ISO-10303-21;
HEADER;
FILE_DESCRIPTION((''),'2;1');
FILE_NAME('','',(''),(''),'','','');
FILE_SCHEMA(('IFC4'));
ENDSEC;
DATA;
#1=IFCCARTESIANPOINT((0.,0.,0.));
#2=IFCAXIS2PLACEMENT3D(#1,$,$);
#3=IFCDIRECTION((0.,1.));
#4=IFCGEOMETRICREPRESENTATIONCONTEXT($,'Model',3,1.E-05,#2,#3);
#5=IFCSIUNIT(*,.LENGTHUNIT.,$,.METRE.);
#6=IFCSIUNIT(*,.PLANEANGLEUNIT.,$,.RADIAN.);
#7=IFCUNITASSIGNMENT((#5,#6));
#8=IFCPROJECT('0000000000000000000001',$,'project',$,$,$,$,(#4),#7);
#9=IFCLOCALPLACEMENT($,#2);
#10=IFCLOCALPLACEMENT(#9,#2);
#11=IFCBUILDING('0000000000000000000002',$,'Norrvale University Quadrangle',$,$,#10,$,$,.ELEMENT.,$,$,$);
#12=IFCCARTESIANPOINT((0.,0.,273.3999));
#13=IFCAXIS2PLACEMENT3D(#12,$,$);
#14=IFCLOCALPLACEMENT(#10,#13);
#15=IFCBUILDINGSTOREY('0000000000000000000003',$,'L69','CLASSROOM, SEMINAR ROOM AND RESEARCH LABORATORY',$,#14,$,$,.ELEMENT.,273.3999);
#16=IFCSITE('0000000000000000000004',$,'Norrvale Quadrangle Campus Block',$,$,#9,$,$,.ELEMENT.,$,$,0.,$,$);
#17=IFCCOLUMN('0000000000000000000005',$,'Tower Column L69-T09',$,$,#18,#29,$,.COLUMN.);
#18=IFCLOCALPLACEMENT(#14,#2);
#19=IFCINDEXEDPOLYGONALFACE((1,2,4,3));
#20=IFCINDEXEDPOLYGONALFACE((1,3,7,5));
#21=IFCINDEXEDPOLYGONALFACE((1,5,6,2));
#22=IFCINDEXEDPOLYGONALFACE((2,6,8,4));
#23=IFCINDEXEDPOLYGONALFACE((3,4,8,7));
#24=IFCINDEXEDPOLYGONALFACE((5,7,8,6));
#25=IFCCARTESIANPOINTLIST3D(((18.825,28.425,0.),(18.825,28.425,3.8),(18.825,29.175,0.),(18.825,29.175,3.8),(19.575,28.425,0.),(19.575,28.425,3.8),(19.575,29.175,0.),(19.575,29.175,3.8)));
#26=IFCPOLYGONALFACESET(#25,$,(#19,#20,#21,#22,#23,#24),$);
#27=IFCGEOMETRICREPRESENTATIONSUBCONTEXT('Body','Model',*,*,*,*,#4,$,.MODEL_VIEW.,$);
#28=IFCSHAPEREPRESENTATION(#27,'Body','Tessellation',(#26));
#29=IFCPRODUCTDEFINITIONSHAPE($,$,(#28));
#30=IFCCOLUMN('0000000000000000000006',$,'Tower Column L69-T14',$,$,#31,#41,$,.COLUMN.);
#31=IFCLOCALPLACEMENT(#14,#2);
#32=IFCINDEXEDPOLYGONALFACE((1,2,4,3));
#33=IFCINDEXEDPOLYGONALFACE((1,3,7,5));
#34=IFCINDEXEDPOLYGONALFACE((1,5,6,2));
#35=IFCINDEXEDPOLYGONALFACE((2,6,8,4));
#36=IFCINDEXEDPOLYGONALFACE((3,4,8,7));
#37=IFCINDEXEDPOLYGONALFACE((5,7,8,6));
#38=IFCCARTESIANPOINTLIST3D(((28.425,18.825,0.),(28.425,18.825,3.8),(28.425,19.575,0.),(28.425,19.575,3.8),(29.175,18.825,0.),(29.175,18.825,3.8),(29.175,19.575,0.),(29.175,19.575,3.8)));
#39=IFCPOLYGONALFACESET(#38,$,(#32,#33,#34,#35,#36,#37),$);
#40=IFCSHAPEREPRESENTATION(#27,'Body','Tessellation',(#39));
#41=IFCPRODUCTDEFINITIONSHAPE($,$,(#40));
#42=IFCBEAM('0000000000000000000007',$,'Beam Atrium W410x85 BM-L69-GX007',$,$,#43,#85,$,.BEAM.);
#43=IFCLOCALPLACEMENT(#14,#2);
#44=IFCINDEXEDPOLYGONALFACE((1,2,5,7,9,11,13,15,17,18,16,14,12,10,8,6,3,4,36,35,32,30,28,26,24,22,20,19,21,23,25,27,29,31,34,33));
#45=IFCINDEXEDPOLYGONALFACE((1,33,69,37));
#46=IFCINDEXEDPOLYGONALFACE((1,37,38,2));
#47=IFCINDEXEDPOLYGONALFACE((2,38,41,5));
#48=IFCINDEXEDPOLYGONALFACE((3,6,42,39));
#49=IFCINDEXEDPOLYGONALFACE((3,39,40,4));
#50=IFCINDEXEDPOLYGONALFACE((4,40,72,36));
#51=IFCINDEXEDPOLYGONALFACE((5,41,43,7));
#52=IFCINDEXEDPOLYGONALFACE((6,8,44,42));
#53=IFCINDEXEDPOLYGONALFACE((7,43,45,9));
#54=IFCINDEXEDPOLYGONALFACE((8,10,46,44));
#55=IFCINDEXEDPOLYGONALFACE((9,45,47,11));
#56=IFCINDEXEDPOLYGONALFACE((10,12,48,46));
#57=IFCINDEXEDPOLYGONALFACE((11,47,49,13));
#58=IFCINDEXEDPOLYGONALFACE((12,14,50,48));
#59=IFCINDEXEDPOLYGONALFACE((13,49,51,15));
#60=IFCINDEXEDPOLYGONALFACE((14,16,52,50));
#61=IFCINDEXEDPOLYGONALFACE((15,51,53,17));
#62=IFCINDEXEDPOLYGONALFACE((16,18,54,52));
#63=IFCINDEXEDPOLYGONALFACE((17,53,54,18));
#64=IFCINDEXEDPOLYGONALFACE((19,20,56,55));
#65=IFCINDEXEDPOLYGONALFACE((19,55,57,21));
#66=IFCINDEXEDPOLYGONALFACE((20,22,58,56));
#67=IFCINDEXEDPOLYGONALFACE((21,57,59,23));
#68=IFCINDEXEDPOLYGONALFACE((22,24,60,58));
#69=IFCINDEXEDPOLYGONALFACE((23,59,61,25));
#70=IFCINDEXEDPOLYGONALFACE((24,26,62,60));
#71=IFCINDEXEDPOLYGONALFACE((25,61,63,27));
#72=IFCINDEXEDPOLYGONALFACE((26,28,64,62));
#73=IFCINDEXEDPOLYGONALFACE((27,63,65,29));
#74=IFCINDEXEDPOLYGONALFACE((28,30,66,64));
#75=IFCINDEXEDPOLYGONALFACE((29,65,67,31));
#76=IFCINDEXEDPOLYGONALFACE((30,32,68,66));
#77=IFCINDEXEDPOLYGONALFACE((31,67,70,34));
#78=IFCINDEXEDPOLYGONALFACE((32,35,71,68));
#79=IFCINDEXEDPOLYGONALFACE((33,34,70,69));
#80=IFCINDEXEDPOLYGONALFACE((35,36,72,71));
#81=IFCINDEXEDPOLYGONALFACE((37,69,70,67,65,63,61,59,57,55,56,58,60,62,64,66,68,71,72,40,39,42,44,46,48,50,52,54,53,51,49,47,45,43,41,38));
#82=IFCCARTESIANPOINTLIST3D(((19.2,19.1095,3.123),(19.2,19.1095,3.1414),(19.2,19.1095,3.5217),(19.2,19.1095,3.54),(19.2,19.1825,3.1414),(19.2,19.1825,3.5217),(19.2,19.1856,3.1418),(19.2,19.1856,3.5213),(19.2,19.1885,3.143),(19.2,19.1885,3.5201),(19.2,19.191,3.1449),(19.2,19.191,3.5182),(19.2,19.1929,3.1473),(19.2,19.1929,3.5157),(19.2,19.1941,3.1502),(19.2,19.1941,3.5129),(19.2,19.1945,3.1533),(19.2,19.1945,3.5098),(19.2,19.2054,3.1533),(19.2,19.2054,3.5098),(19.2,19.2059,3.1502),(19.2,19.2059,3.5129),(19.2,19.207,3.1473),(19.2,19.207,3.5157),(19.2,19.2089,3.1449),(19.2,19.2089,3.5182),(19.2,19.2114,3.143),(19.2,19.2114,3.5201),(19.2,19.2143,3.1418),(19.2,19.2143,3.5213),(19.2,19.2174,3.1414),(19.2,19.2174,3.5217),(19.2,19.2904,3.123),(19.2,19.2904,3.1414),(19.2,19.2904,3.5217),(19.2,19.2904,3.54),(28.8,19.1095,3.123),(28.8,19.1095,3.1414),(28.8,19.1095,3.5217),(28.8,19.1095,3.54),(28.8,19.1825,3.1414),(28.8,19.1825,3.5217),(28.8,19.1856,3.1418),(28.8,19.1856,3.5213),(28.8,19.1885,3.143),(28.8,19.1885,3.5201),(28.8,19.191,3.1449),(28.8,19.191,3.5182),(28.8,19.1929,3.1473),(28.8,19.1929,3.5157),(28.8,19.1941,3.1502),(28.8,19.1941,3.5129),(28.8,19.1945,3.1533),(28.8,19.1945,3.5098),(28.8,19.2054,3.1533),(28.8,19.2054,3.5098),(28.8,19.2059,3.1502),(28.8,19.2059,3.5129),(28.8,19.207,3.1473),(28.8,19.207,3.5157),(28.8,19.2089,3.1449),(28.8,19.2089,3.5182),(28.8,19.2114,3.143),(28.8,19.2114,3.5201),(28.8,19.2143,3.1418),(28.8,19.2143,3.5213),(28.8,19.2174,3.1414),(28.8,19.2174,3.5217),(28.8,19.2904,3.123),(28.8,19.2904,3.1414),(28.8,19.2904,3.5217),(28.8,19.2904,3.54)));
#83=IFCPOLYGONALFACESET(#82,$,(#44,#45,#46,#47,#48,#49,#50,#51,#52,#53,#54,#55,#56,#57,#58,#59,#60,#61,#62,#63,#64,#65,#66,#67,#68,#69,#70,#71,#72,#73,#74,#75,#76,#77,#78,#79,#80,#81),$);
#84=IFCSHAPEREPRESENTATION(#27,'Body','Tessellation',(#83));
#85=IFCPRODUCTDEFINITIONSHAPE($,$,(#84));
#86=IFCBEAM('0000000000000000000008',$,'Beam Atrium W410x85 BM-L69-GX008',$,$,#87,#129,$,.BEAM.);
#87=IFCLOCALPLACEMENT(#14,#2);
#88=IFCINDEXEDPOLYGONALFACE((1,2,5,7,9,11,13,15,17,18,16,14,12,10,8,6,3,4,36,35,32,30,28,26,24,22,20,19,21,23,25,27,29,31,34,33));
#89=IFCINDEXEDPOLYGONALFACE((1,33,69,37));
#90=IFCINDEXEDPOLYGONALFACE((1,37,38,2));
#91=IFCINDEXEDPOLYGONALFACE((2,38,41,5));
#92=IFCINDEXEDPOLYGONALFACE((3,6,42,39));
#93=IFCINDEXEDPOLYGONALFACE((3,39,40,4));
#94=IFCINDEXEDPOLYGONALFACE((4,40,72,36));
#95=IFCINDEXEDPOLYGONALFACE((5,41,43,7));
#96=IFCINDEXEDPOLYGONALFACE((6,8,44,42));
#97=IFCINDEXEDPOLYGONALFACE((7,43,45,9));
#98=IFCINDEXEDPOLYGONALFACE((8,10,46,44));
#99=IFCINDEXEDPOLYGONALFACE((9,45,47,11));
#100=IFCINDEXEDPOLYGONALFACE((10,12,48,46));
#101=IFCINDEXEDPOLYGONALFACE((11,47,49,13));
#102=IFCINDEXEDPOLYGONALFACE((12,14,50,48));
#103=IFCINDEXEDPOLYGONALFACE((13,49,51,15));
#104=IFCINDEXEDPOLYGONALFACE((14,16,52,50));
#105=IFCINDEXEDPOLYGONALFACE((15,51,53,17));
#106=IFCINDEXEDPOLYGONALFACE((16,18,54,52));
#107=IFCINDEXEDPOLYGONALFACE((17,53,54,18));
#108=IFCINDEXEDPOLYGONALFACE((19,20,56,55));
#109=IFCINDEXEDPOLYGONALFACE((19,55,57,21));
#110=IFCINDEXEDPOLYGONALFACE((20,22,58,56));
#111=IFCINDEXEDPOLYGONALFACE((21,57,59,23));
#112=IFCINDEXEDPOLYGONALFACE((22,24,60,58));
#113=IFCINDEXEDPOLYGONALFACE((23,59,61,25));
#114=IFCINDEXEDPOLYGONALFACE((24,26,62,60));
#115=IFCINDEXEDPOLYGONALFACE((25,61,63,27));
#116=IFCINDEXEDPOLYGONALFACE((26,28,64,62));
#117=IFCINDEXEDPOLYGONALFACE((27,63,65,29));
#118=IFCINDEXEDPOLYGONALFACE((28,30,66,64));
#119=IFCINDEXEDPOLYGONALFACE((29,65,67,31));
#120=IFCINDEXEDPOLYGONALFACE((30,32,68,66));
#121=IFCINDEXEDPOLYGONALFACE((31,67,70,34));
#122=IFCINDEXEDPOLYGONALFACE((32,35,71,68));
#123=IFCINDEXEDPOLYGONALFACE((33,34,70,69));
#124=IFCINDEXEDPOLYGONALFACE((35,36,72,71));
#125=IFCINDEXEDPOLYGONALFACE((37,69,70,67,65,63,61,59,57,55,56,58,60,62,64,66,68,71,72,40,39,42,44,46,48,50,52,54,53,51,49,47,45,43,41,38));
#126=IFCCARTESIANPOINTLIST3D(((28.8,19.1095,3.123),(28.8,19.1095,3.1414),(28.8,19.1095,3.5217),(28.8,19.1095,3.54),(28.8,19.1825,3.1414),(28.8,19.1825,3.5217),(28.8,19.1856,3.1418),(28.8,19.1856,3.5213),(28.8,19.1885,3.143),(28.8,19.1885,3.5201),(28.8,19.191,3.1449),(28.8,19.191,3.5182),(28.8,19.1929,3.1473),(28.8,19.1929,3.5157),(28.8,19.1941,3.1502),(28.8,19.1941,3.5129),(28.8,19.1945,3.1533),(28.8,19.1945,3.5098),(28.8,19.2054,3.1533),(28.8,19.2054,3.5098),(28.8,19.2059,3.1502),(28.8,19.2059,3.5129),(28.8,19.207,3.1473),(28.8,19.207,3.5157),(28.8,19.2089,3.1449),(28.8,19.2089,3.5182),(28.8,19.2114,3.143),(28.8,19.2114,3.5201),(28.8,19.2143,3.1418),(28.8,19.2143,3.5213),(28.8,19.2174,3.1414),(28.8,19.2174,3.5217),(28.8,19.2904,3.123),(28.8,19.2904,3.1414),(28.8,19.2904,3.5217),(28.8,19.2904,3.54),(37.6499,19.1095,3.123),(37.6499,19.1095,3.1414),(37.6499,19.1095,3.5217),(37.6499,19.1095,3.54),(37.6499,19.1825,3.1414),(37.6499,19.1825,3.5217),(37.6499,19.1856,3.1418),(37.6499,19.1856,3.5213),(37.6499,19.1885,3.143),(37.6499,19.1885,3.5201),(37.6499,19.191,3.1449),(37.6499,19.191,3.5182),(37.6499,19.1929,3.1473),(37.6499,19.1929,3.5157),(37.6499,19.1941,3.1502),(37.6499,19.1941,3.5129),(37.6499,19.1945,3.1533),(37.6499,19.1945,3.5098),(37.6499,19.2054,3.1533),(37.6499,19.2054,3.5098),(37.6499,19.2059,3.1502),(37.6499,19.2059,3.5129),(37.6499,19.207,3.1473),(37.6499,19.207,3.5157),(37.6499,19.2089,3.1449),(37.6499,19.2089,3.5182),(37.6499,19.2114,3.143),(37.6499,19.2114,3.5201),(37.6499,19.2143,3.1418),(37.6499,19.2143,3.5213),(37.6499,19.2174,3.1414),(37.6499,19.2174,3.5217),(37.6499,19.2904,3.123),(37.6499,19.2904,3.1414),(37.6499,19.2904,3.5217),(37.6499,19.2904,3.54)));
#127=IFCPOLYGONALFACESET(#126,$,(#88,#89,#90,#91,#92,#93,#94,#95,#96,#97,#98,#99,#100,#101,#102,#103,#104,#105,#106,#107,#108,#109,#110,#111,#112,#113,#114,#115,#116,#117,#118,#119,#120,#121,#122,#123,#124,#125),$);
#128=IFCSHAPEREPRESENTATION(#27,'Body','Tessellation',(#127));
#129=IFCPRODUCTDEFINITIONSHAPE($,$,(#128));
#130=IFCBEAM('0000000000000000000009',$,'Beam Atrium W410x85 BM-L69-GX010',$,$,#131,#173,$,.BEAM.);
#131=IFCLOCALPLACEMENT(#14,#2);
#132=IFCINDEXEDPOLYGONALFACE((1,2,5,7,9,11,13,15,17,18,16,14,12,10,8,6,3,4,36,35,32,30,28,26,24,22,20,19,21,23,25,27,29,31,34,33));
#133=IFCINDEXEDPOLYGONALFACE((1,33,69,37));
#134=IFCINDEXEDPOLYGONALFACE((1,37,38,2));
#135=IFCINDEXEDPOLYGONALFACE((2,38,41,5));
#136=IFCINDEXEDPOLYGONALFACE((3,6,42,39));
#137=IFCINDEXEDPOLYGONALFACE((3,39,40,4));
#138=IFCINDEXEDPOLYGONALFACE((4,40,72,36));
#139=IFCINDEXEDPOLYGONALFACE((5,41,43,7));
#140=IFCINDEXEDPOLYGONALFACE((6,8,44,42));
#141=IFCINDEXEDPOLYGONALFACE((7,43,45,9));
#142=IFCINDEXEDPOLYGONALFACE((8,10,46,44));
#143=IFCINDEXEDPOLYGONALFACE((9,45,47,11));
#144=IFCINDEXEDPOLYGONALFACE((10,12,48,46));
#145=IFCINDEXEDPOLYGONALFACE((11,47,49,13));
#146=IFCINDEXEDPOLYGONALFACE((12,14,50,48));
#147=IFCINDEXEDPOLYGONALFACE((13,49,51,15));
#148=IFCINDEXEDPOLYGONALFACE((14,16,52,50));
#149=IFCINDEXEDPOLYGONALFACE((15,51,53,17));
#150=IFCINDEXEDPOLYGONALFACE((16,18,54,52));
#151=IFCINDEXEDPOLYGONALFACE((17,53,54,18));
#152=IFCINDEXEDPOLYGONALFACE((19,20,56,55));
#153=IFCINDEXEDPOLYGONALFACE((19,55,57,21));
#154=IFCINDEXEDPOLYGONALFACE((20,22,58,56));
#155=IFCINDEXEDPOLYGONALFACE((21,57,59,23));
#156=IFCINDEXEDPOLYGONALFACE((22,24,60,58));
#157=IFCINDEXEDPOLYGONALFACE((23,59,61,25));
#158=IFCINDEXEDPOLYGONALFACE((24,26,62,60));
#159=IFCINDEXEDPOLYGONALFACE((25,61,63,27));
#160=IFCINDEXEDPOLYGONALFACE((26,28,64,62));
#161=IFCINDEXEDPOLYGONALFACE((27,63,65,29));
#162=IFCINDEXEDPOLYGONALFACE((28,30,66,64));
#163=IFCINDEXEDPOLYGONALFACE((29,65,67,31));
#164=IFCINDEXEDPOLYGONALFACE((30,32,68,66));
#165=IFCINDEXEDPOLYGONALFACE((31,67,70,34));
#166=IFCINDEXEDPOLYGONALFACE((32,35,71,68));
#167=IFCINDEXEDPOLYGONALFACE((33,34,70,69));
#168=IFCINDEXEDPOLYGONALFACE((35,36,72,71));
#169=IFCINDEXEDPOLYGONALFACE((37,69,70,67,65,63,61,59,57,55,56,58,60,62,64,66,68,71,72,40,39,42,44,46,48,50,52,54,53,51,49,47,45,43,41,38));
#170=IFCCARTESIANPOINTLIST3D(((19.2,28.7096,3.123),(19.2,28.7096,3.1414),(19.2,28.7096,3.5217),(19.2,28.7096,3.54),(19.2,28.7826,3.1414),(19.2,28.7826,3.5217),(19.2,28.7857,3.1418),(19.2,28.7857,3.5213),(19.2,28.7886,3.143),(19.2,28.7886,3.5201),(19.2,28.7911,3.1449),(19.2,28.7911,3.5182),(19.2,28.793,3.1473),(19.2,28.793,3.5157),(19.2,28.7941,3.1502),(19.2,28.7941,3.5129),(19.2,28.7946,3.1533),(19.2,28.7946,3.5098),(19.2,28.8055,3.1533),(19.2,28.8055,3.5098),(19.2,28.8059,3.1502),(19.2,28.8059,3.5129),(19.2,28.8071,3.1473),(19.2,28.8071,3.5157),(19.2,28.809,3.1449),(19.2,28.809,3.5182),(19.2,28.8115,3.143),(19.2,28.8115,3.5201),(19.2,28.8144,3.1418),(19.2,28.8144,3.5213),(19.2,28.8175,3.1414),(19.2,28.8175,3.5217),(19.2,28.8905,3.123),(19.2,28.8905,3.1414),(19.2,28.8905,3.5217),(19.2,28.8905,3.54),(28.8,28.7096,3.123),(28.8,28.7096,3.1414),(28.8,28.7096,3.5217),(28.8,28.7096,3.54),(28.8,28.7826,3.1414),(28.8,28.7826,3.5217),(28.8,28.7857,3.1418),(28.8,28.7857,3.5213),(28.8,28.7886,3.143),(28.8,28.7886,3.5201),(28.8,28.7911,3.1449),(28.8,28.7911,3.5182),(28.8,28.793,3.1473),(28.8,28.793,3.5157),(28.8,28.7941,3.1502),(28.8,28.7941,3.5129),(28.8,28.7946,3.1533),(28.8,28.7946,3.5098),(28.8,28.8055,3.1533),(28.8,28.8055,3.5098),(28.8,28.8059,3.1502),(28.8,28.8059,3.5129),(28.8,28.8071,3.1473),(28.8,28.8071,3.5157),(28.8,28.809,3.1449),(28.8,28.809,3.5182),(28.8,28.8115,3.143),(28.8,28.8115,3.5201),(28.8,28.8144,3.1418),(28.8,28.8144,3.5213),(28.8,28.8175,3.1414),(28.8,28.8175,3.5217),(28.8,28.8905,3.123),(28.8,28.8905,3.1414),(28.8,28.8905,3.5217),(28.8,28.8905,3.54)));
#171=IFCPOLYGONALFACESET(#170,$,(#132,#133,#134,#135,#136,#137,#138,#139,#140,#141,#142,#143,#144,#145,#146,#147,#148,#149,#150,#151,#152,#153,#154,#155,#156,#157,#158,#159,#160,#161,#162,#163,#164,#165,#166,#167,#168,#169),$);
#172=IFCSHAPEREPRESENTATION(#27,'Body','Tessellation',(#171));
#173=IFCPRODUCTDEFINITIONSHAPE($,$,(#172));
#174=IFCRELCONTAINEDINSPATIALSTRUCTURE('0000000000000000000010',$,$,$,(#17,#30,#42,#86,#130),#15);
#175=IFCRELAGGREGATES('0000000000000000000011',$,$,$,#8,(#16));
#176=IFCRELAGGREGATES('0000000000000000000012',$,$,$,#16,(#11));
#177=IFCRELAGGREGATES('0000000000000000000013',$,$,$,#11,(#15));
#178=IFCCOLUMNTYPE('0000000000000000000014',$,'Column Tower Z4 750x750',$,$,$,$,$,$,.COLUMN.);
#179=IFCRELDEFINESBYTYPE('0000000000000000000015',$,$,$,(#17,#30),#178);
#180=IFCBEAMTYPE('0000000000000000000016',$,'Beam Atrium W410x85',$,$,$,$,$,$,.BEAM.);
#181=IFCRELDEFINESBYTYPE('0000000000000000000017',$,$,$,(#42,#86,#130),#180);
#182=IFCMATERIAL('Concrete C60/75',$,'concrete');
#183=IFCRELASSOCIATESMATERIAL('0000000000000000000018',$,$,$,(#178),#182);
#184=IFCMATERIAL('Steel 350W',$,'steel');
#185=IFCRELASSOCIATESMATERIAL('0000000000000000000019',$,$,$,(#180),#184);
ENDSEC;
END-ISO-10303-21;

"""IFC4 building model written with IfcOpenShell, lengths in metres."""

from ifc_helpers import new_model, si_unit, direction, frame, origin, origin_2d, place, context, subcontext, project, spatial, rectangle, i_section, extrude, material, material_profile, profile_set, type_object, element, save


model = new_model("IFC4")

# Units and contexts
model_context = context("Model", 3, precision=1e-05, world=origin(), true_north=direction((0.0, 1.0)))
body_context = subcontext(model_context, "Body", "Model", "MODEL_VIEW")
ifc_project = project(units=[si_unit("LENGTHUNIT", "METRE"), si_unit("PLANEANGLEUNIT", "RADIAN")], contexts=[model_context])

# Site, building, storey
site_placement = place(None, origin())
site = spatial("IfcSite", under=ifc_project, at=site_placement, Name="Norrvale Quadrangle Campus Block", CompositionType="ELEMENT", RefElevation=0.0)
building_placement = place(site_placement, origin())
building = spatial("IfcBuilding", under=site, at=building_placement, Name="Norrvale University Quadrangle", CompositionType="ELEMENT")
storey_placement = place(building_placement, frame((0.0, 0.0, 273.3999)))
storey = spatial("IfcBuildingStorey", under=building, at=storey_placement, Name="L69", Description="CLASSROOM, SEMINAR ROOM AND RESEARCH LABORATORY", CompositionType="ELEMENT", Elevation=273.3999)

# Columns
ifc_material_1 = material(Name="Concrete C60/75", Category="concrete")
ifc_material_profile_1 = material_profile(ifc_material_1, rectangle(XDim=0.75, YDim=0.75, at=origin_2d()), Name="Concrete C60/75")
ifc_profile_set_1 = profile_set([ifc_material_profile_1], Name="Concrete C60/75")
column_type = type_object("IfcColumnType", Name="Column Tower Z4 750x750", PredefinedType="COLUMN", material=ifc_profile_set_1)
for number, where, z_axis, x_axis, name in (
    (1, (19.2, 28.8, 0.0), (0.0, 0.0, 1.0), (1.0, 0.0, 0.0), "Tower Column L69-T09"),
    (2, (28.8, 19.2, 0.0), (0.0, 0.0, 1.0), (1.0, 0.0, 0.0), "Tower Column L69-T14"),
):
    element("IfcColumn", number, at=place(storey_placement, frame(where, z_axis=z_axis, x_axis=x_axis)), inside=storey, type_object=column_type, Name=name, PredefinedType="COLUMN", context=body_context, shape_type="SweptSolid", body=[
        extrude(rectangle(XDim=0.75, YDim=0.75, at=origin_2d()), origin(), (0.0, 0.0, 1.0), 3.8),
    ])

# Beams
ifc_material_2 = material(Name="Steel 350W", Category="steel")
ifc_material_profile_2 = material_profile(ifc_material_2, i_section(OverallWidth=0.1809, OverallDepth=0.417, WebThickness=0.011, FlangeThickness=0.0183, FilletRadius=0.012, at=origin_2d()), Name="Steel 350W")
ifc_profile_set_2 = profile_set([ifc_material_profile_2], Name="Steel 350W")
beam_type_1 = type_object("IfcBeamType", Name="Beam Atrium W410x85", PredefinedType="BEAM", material=ifc_profile_set_2)
beam_1_placement = place(storey_placement, frame((19.2, 19.2, 3.3315), z_axis=(1.0, 0.0, 0.0), x_axis=(0.0, 1.0, 0.0)))
element("IfcBeam", 3, at=beam_1_placement, inside=storey, type_object=beam_type_1, Name="Beam Atrium W410x85 BM-L69-GX007", PredefinedType="BEAM", context=body_context, shape_type="SweptSolid", body=[
    extrude(i_section(OverallWidth=0.1809, OverallDepth=0.417, WebThickness=0.011, FlangeThickness=0.0183, FilletRadius=0.012, at=origin_2d()), origin(), (0.0, 0.0, 1.0), 9.6001),
])
beam_2_placement = place(storey_placement, frame((28.8, 19.2, 3.3315), z_axis=(1.0, 0.0, 0.0), x_axis=(0.0, 1.0, 0.0)))
element("IfcBeam", 4, at=beam_2_placement, inside=storey, type_object=beam_type_1, Name="Beam Atrium W410x85 BM-L69-GX008", PredefinedType="BEAM", context=body_context, shape_type="SweptSolid", body=[
    extrude(i_section(OverallWidth=0.1809, OverallDepth=0.417, WebThickness=0.011, FlangeThickness=0.0183, FilletRadius=0.012, at=origin_2d()), origin(), (0.0, 0.0, 1.0), 8.8499),
])
for number, where, z_axis, x_axis, name in (
    (5, (19.2, 28.8, 3.3315), (1.0, 0.0, 0.0), (0.0, 1.0, 0.0), "Beam Atrium W410x85 BM-L69-GX010"),
):
    element("IfcBeam", number, at=place(storey_placement, frame(where, z_axis=z_axis, x_axis=x_axis)), inside=storey, type_object=beam_type_1, Name=name, PredefinedType="BEAM", context=body_context, shape_type="SweptSolid", body=[
        extrude(i_section(OverallWidth=0.1809, OverallDepth=0.417, WebThickness=0.011, FlangeThickness=0.0183, FilletRadius=0.012, at=origin_2d()), origin(), (0.0, 0.0, 1.0), 9.6001),
    ])

save(model, "model.ifc")
